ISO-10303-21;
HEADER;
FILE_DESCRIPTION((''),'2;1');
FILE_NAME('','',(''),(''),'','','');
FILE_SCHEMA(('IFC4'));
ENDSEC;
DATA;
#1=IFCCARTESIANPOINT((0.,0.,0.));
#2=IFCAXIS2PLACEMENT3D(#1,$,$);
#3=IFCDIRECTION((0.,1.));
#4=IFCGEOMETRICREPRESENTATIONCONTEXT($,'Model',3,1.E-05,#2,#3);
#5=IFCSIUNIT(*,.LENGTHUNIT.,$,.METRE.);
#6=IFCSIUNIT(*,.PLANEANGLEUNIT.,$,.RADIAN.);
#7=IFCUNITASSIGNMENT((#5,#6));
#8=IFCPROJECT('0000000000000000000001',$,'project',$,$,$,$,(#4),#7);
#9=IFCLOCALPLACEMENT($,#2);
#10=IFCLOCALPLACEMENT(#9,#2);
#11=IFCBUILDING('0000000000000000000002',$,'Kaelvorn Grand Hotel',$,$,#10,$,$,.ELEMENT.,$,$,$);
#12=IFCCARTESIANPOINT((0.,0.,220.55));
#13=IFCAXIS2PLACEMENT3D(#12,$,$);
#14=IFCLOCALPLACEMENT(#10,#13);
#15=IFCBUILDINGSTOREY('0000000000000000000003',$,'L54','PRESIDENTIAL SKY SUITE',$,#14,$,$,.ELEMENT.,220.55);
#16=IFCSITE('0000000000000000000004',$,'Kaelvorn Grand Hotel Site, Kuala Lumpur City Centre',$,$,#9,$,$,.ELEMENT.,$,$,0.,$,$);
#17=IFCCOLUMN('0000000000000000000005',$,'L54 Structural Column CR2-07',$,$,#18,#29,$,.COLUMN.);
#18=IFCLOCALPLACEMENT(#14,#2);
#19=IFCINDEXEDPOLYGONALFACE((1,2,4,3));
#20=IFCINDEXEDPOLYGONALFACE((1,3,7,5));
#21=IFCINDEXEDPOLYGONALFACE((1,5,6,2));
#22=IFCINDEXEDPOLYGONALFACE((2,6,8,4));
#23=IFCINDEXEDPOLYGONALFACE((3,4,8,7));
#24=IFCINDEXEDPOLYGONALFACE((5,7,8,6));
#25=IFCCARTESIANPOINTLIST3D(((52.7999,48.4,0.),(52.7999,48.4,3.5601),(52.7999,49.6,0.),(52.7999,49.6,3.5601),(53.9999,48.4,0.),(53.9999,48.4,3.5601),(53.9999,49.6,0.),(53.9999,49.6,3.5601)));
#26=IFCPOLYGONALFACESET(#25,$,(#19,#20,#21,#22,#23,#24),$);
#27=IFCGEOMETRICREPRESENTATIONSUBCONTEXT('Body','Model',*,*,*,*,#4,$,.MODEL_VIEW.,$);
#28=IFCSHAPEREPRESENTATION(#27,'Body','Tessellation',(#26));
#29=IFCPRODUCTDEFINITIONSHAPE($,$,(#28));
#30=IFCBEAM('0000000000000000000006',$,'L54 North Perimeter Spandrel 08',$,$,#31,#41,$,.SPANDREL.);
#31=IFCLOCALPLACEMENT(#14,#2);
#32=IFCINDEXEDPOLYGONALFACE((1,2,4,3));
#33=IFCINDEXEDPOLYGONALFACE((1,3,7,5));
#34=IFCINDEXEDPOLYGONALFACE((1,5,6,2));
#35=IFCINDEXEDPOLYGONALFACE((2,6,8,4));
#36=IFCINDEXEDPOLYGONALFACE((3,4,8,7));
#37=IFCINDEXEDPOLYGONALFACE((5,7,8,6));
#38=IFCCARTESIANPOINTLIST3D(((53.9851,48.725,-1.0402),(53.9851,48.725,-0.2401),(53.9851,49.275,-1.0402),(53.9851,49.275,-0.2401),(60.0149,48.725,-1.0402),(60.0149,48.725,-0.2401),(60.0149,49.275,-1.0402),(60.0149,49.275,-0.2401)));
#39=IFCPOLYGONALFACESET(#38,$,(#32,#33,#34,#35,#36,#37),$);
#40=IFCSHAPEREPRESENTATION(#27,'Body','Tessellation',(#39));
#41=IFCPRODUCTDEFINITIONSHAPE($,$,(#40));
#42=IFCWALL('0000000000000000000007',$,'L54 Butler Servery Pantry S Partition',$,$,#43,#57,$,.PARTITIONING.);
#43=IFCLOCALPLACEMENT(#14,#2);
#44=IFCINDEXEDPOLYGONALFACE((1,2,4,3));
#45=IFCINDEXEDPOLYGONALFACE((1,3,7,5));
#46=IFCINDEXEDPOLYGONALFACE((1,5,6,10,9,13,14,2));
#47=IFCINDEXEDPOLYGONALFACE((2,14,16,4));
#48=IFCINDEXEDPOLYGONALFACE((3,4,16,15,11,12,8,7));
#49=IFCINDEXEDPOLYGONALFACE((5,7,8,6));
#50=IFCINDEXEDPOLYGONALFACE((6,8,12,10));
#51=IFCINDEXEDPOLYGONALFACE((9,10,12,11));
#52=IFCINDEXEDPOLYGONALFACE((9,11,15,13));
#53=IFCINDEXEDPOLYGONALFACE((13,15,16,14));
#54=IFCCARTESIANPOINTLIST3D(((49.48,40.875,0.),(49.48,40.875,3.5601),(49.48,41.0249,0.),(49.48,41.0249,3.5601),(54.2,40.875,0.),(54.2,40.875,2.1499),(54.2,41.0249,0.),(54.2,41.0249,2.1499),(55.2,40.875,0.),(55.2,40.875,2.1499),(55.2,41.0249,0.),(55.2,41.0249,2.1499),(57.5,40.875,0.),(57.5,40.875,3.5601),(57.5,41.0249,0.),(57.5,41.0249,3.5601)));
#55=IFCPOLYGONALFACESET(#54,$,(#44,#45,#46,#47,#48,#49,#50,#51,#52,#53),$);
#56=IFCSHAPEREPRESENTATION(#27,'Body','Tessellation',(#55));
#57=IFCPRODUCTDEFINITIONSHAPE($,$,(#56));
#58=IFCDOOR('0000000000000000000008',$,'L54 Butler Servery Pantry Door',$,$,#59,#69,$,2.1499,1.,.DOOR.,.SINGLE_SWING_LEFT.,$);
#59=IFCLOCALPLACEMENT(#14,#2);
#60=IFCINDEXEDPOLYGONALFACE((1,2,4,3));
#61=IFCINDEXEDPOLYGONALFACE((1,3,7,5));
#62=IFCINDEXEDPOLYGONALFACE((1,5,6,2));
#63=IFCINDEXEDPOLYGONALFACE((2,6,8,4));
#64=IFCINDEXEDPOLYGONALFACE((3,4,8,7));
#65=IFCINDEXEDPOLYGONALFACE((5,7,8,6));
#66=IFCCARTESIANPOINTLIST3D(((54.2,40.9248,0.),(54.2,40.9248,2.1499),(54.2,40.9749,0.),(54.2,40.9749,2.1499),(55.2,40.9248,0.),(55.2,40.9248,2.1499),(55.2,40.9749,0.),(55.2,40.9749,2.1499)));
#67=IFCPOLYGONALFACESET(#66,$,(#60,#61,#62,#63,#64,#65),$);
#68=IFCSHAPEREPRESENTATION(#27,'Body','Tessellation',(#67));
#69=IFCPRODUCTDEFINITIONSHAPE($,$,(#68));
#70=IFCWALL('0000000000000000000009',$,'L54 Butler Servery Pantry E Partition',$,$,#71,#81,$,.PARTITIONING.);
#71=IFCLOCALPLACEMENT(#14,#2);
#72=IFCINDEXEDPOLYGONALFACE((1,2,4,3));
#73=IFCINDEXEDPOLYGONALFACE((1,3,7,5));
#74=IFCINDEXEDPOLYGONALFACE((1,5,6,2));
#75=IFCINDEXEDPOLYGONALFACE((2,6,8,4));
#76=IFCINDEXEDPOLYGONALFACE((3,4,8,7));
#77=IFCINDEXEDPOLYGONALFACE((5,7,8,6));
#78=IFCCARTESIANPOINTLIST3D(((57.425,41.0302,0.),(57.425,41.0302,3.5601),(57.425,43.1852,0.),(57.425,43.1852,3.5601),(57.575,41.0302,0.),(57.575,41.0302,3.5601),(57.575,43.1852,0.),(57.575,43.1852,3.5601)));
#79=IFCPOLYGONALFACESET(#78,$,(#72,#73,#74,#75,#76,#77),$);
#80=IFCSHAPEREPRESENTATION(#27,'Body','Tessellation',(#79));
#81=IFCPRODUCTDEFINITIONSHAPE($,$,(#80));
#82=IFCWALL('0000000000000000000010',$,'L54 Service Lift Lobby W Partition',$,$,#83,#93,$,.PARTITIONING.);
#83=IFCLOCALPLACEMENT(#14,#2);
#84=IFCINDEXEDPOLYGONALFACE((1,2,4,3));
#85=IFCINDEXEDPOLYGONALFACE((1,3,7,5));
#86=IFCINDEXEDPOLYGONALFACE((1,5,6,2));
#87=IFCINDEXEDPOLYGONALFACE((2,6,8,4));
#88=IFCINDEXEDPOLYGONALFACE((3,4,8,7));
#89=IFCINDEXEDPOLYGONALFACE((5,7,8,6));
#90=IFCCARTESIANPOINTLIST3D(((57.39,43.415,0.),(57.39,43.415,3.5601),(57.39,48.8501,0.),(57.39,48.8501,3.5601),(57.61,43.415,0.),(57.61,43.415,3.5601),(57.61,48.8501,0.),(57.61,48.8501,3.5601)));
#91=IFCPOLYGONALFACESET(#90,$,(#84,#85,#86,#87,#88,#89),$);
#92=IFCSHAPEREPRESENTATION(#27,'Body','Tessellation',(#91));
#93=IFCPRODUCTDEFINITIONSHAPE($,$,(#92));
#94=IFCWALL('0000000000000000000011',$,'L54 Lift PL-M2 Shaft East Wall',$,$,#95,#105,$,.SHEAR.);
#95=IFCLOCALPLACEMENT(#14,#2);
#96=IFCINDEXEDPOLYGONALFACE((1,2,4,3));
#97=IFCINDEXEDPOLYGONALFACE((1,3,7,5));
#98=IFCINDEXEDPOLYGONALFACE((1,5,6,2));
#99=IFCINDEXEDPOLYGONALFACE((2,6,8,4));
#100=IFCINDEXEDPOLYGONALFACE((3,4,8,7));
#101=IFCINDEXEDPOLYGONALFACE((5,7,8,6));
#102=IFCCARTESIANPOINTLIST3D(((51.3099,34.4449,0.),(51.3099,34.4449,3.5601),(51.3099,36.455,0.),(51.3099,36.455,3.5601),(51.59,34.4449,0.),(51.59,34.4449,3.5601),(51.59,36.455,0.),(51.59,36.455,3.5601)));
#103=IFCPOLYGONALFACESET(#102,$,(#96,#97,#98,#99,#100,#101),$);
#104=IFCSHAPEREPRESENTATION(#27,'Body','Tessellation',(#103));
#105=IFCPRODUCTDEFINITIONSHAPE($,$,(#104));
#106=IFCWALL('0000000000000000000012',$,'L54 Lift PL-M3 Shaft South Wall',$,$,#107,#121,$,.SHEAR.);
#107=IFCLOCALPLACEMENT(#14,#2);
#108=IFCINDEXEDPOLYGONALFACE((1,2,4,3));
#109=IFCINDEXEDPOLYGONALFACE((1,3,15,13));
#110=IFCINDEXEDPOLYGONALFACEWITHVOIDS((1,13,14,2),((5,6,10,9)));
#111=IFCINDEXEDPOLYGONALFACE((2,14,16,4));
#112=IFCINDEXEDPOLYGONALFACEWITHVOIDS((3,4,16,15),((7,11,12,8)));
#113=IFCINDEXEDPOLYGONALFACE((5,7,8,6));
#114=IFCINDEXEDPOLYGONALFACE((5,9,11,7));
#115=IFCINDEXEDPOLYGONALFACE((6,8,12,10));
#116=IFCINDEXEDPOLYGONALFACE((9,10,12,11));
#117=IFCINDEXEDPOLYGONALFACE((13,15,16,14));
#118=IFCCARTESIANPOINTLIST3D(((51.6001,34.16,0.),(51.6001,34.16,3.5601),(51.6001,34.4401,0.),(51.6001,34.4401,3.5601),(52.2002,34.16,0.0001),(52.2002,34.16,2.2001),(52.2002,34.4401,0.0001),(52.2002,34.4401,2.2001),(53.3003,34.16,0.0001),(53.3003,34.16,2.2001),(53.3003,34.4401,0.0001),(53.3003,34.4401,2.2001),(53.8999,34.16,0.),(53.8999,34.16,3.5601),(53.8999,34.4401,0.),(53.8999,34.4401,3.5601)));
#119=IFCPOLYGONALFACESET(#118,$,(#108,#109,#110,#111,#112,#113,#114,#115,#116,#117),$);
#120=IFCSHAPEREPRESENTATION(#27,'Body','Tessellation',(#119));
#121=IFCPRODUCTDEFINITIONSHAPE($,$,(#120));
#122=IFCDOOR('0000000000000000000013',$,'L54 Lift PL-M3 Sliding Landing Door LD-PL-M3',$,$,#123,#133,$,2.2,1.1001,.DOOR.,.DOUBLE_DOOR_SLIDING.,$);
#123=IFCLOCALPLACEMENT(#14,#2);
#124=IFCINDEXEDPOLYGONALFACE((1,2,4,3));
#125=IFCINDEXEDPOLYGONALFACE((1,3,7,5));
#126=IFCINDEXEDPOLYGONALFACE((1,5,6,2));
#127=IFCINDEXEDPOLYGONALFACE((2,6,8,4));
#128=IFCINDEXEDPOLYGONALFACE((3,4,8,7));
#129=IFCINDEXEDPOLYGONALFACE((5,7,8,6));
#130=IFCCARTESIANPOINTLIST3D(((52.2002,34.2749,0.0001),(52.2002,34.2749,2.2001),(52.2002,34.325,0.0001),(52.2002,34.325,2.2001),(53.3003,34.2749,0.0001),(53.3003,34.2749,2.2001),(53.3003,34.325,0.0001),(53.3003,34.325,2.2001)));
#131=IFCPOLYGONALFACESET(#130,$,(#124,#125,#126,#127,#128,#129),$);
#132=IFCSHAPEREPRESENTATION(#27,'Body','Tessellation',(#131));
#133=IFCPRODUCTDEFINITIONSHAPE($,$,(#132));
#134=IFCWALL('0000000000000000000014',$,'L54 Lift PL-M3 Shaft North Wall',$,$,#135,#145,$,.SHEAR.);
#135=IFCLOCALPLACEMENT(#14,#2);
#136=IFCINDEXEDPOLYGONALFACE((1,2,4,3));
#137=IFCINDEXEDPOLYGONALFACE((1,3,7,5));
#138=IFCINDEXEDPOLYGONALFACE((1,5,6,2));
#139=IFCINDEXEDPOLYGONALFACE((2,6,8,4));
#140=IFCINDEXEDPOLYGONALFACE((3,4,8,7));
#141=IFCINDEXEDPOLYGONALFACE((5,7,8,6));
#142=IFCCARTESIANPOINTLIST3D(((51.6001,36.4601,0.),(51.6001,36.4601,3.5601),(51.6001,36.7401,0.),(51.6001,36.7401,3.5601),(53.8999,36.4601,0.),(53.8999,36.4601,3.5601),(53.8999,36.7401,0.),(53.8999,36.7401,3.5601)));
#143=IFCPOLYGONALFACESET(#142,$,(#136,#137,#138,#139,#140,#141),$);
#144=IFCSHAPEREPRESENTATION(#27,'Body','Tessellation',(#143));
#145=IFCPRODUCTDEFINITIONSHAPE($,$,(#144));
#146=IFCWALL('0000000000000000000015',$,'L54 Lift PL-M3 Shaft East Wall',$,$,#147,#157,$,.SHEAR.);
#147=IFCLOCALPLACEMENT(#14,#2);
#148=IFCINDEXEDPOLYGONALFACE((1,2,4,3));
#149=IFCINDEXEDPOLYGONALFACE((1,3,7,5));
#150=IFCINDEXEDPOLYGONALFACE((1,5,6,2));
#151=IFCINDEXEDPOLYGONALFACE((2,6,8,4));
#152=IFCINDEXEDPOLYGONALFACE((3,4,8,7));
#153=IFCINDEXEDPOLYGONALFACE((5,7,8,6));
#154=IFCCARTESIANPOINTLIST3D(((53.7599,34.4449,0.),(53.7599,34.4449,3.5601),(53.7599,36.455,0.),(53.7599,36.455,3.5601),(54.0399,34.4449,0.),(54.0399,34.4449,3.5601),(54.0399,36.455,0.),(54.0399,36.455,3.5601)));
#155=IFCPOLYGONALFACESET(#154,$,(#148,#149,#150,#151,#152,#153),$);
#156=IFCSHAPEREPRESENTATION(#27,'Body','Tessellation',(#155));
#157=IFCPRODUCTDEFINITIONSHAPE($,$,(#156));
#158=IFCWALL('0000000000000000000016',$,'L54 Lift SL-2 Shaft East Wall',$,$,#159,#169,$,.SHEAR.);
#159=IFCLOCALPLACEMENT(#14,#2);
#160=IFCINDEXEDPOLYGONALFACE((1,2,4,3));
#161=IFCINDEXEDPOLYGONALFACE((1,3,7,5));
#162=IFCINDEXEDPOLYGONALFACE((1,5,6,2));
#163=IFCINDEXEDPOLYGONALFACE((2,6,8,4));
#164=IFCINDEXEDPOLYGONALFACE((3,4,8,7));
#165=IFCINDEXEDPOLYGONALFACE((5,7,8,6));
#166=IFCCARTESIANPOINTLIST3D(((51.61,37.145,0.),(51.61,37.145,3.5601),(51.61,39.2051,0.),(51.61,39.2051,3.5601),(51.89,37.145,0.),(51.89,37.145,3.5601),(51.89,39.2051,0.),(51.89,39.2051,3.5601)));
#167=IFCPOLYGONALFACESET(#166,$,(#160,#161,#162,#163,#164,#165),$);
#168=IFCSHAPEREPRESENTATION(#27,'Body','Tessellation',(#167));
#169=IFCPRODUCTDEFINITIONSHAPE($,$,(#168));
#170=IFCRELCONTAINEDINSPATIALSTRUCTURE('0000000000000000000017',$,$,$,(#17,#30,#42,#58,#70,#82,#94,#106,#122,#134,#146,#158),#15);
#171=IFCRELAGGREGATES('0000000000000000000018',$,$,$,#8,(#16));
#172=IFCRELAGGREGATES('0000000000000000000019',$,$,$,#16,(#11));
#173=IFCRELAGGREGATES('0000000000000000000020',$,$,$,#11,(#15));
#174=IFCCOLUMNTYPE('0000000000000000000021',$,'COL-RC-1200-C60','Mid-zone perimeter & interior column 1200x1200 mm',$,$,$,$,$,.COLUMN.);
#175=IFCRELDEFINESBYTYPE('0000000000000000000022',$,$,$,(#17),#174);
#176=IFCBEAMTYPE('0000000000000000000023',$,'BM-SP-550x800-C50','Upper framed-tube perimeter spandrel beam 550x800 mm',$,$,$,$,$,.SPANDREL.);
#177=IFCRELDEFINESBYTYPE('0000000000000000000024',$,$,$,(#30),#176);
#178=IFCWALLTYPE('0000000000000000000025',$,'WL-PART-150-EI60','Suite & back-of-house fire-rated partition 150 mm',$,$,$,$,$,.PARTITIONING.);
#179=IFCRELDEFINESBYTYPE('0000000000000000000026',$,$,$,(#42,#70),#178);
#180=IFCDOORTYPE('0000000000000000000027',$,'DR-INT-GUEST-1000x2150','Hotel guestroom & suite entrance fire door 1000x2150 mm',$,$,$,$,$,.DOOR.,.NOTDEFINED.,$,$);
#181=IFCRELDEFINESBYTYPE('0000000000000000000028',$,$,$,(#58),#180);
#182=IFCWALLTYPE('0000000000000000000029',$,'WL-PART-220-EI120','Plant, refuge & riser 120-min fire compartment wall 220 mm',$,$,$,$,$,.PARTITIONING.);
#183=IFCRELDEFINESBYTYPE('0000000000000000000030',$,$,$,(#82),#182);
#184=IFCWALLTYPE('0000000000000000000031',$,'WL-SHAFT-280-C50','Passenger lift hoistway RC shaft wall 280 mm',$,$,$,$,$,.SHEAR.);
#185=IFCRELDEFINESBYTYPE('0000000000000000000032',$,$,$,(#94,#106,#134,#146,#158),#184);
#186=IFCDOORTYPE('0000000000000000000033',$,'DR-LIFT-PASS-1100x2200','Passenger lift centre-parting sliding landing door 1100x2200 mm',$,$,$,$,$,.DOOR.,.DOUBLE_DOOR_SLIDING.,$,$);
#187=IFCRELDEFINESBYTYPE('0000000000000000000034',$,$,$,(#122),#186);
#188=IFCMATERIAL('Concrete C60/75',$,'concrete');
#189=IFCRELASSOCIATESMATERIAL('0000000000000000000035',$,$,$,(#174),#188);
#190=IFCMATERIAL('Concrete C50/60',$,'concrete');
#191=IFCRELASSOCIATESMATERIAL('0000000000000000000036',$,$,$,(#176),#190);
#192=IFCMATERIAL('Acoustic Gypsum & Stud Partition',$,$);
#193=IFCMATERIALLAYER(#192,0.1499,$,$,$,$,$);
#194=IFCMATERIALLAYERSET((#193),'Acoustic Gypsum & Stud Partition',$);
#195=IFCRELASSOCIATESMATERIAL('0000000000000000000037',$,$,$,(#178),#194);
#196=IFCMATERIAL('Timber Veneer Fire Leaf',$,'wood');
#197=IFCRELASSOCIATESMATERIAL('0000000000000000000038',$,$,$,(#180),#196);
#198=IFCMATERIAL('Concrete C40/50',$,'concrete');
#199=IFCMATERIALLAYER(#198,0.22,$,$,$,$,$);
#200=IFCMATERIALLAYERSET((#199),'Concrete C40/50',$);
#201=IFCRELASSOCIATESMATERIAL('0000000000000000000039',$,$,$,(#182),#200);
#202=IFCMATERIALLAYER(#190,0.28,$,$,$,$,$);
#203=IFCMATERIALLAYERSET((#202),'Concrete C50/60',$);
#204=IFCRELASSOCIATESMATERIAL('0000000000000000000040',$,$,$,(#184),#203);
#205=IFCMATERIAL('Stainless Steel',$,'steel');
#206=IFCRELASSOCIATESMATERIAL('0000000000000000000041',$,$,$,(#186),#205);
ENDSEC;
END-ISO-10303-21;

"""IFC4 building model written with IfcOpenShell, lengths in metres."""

from ifc_helpers import new_model, si_unit, direction, frame, frame_2d, origin, origin_2d, place, context, subcontext, project, spatial, rectangle, extrude, material, layer, layer_set, material_profile, profile_set, type_object, element, fill, save


model = new_model("IFC4")

# Units and contexts
model_context = context("Model", 3, precision=1e-05, world=origin(), true_north=direction((0.0, 1.0)))
body_context = subcontext(model_context, "Body", "Model", "MODEL_VIEW")
ifc_project = project(units=[si_unit("LENGTHUNIT", "METRE"), si_unit("PLANEANGLEUNIT", "RADIAN")], contexts=[model_context])

# Site, building, storey
site_placement = place(None, origin())
site = spatial("IfcSite", under=ifc_project, at=site_placement, Name="Kaelvorn Grand Hotel Site, Kuala Lumpur City Centre", CompositionType="ELEMENT", RefElevation=0.0)
building_placement = place(site_placement, origin())
building = spatial("IfcBuilding", under=site, at=building_placement, Name="Kaelvorn Grand Hotel", CompositionType="ELEMENT")
storey_placement = place(building_placement, frame((0.0, 0.0, 220.55)))
storey = spatial("IfcBuildingStorey", under=building, at=storey_placement, Name="L54", Description="PRESIDENTIAL SKY SUITE", CompositionType="ELEMENT", Elevation=220.55)

# Column
ifc_material_1 = material(Name="Concrete C60/75", Category="concrete")
ifc_material_profile_1 = material_profile(ifc_material_1, rectangle(XDim=1.2, YDim=1.2, at=origin_2d()), Name="RC COL 1200x1200")
ifc_profile_set_1 = profile_set([ifc_material_profile_1], Name="Concrete C60/75")
column_type = type_object("IfcColumnType", Name="COL-RC-1200-C60", Description="Mid-zone perimeter & interior column 1200x1200 mm", PredefinedType="COLUMN", material=ifc_profile_set_1)
column_placement = place(storey_placement, frame((53.3999, 49.0, 0.0), z_axis=(0.0, 0.0, 1.0), x_axis=(1.0, 0.0, 0.0)))
element("IfcColumn", 1, at=column_placement, inside=storey, type_object=column_type, Name="L54 Structural Column CR2-07", PredefinedType="COLUMN", context=body_context, shape_type="SweptSolid", body=[
    extrude(rectangle(XDim=1.2, YDim=1.2, at=origin_2d()), origin(), (0.0, 0.0, 1.0), 3.5601),
])

# Beam
ifc_material_2 = material(Name="Concrete C50/60", Category="concrete")
ifc_material_profile_2 = material_profile(ifc_material_2, rectangle(XDim=0.55, YDim=0.8, at=origin_2d()), Name="RC SPANDREL 550x800")
ifc_profile_set_2 = profile_set([ifc_material_profile_2], Name="Concrete C50/60")
beam_type = type_object("IfcBeamType", Name="BM-SP-550x800-C50", Description="Upper framed-tube perimeter spandrel beam 550x800 mm", PredefinedType="SPANDREL", material=ifc_profile_set_2)
beam_placement = place(storey_placement, frame((53.9851, 49.0, -0.6401), z_axis=(1.0, 0.0, 0.0), x_axis=(0.0, 1.0, 0.0)))
element("IfcBeam", 2, at=beam_placement, inside=storey, type_object=beam_type, Name="L54 North Perimeter Spandrel 08", PredefinedType="SPANDREL", context=body_context, shape_type="SweptSolid", body=[
    extrude(rectangle(XDim=0.55, YDim=0.8, at=origin_2d()), origin(), (0.0, 0.0, 1.0), 6.0298),
])

# Wall, opening, door
ifc_material_3 = material(Name="Acoustic Gypsum & Stud Partition")
ifc_layer_1 = layer(ifc_material_3, 0.1499)
ifc_layer_set_1 = layer_set([ifc_layer_1], Name="Acoustic Gypsum & Stud Partition")
wall_type_1 = type_object("IfcWallType", Name="WL-PART-150-EI60", Description="Suite & back-of-house fire-rated partition 150 mm", PredefinedType="PARTITIONING", material=ifc_layer_set_1)
wall_1_placement = place(storey_placement, frame((49.48, 40.95, 0.0), z_axis=(0.0, 0.0, 1.0), x_axis=(1.0, 0.0, 0.0)))
wall_1 = element("IfcWall", 3, at=wall_1_placement, inside=storey, type_object=wall_type_1, Name="L54 Butler Servery Pantry S Partition", PredefinedType="PARTITIONING", context=body_context, shape_type="SweptSolid", body=[
    extrude(rectangle(XDim=8.02, YDim=0.1499, at=frame_2d((4.01, 0.0))), origin(), (0.0, 0.0, 1.0), 3.5601),
])
opening_1_placement = place(wall_1_placement, frame((4.72, 0.0, 0.0)))
opening_1 = element("IfcOpeningElement", 4, at=opening_1_placement, cuts=wall_1, PredefinedType="OPENING", context=body_context, shape_type="SweptSolid", body=[
    extrude(rectangle(XDim=1.0, YDim=2.1499, at=frame_2d((0.5, 1.075))), frame((0.0, 0.085, 0.0), z_axis=(0.0, -1.0, 0.0), x_axis=(1.0, 0.0, 0.0)), (0.0, 0.0, 1.0), 0.1699),
])
ifc_material_4 = material(Name="Timber Veneer Fire Leaf", Category="wood")
door_type_1 = type_object("IfcDoorType", Name="DR-INT-GUEST-1000x2150", Description="Hotel guestroom & suite entrance fire door 1000x2150 mm", OperationType="NOTDEFINED", PredefinedType="DOOR", material=ifc_material_4)
door_1_placement = place(opening_1_placement, origin())
door_1 = element("IfcDoor", 5, at=door_1_placement, inside=storey, type_object=door_type_1, Name="L54 Butler Servery Pantry Door", OperationType="SINGLE_SWING_LEFT", OverallHeight=2.1499, OverallWidth=1.0, PredefinedType="DOOR", context=body_context, shape_type="SweptSolid", body=[
    extrude(rectangle(XDim=1.0, YDim=2.1499, at=frame_2d((0.5, 1.075))), frame((0.0, 0.0249, 0.0), z_axis=(0.0, -1.0, 0.0), x_axis=(1.0, 0.0, 0.0)), (0.0, 0.0, 1.0), 0.05),
])
fill(opening_1, door_1)

# Wall
wall_2_placement = place(storey_placement, frame((57.5, 41.03, 0.0), z_axis=(0.0, 0.0, 1.0), x_axis=(0.0, 1.0, 0.0)))
element("IfcWall", 6, at=wall_2_placement, inside=storey, type_object=wall_type_1, Name="L54 Butler Servery Pantry E Partition", PredefinedType="PARTITIONING", context=body_context, shape_type="SweptSolid", body=[
    extrude(rectangle(XDim=2.155, YDim=0.1499, at=frame_2d((1.0776, 0.0))), origin(), (0.0, 0.0, 1.0), 3.5601),
])

# Shared definitions
ifc_material_5 = material(Name="Concrete C40/50", Category="concrete")
ifc_layer_2 = layer(ifc_material_5, 0.22)
ifc_layer_set_2 = layer_set([ifc_layer_2], Name="Concrete C40/50")
wall_type_2 = type_object("IfcWallType", Name="WL-PART-220-EI120", Description="Plant, refuge & riser 120-min fire compartment wall 220 mm", PredefinedType="PARTITIONING", material=ifc_layer_set_2)

# Walls
wall_3_placement = place(storey_placement, frame((57.5, 43.415, 0.0), z_axis=(0.0, 0.0, 1.0), x_axis=(0.0, 1.0, 0.0)))
element("IfcWall", 7, at=wall_3_placement, inside=storey, type_object=wall_type_2, Name="L54 Service Lift Lobby W Partition", PredefinedType="PARTITIONING", context=body_context, shape_type="SweptSolid", body=[
    extrude(rectangle(XDim=5.4351, YDim=0.22, at=frame_2d((2.7175, 0.0))), origin(), (0.0, 0.0, 1.0), 3.5601),
])
ifc_layer_3 = layer(ifc_material_2, 0.28)
ifc_layer_set_3 = layer_set([ifc_layer_3], Name="Concrete C50/60")
wall_type_3 = type_object("IfcWallType", Name="WL-SHAFT-280-C50", Description="Passenger lift hoistway RC shaft wall 280 mm", PredefinedType="SHEAR", material=ifc_layer_set_3)
wall_4_placement = place(storey_placement, frame((51.45, 34.4451, 0.0), z_axis=(0.0, 0.0, 1.0), x_axis=(0.0, 1.0, 0.0)))
element("IfcWall", 8, at=wall_4_placement, inside=storey, type_object=wall_type_3, Name="L54 Lift PL-M2 Shaft East Wall", PredefinedType="SHEAR", context=body_context, shape_type="SweptSolid", body=[
    extrude(rectangle(XDim=2.01, YDim=0.28, at=frame_2d((1.0049, 0.0))), origin(), (0.0, 0.0, 1.0), 3.5601),
])

# Wall, opening, door
wall_5_placement = place(storey_placement, frame((51.6001, 34.3, 0.0), z_axis=(0.0, 0.0, 1.0), x_axis=(1.0, 0.0, 0.0)))
wall_5 = element("IfcWall", 9, at=wall_5_placement, inside=storey, type_object=wall_type_3, Name="L54 Lift PL-M3 Shaft South Wall", PredefinedType="SHEAR", context=body_context, shape_type="SweptSolid", body=[
    extrude(rectangle(XDim=2.2998, YDim=0.28, at=frame_2d((1.1499, 0.0))), origin(), (0.0, 0.0, 1.0), 3.5601),
])
opening_2_placement = place(wall_5_placement, frame((0.6001, 0.0, 0.0)))
opening_2 = element("IfcOpeningElement", 10, at=opening_2_placement, cuts=wall_5, PredefinedType="OPENING", context=body_context, shape_type="SweptSolid", body=[
    extrude(rectangle(XDim=1.1001, YDim=2.2, at=frame_2d((0.55, 1.1001))), frame((0.0, 0.1499, 0.0), z_axis=(0.0, -1.0, 0.0), x_axis=(1.0, 0.0, 0.0)), (0.0, 0.0, 1.0), 0.3),
])
ifc_material_6 = material(Name="Stainless Steel", Category="steel")
door_type_2 = type_object("IfcDoorType", Name="DR-LIFT-PASS-1100x2200", Description="Passenger lift centre-parting sliding landing door 1100x2200 mm", OperationType="DOUBLE_DOOR_SLIDING", PredefinedType="DOOR", material=ifc_material_6)
door_2_placement = place(opening_2_placement, origin())
door_2 = element("IfcDoor", 11, at=door_2_placement, inside=storey, type_object=door_type_2, Name="L54 Lift PL-M3 Sliding Landing Door LD-PL-M3", OperationType="DOUBLE_DOOR_SLIDING", OverallHeight=2.2, OverallWidth=1.1001, PredefinedType="DOOR", context=body_context, shape_type="SweptSolid", body=[
    extrude(rectangle(XDim=1.1001, YDim=2.2, at=frame_2d((0.55, 1.1001))), frame((0.0, 0.0249, 0.0), z_axis=(0.0, -1.0, 0.0), x_axis=(1.0, 0.0, 0.0)), (0.0, 0.0, 1.0), 0.05),
])
fill(opening_2, door_2)

# Walls
wall_6_placement = place(storey_placement, frame((51.6001, 36.6001, 0.0), z_axis=(0.0, 0.0, 1.0), x_axis=(1.0, 0.0, 0.0)))
element("IfcWall", 12, at=wall_6_placement, inside=storey, type_object=wall_type_3, Name="L54 Lift PL-M3 Shaft North Wall", PredefinedType="SHEAR", context=body_context, shape_type="SweptSolid", body=[
    extrude(rectangle(XDim=2.2998, YDim=0.28, at=frame_2d((1.1499, 0.0))), origin(), (0.0, 0.0, 1.0), 3.5601),
])
wall_7_placement = place(storey_placement, frame((53.8999, 34.4451, 0.0), z_axis=(0.0, 0.0, 1.0), x_axis=(0.0, 1.0, 0.0)))
element("IfcWall", 13, at=wall_7_placement, inside=storey, type_object=wall_type_3, Name="L54 Lift PL-M3 Shaft East Wall", PredefinedType="SHEAR", context=body_context, shape_type="SweptSolid", body=[
    extrude(rectangle(XDim=2.01, YDim=0.28, at=frame_2d((1.0049, 0.0))), origin(), (0.0, 0.0, 1.0), 3.5601),
])
wall_8_placement = place(storey_placement, frame((51.75, 37.145, 0.0), z_axis=(0.0, 0.0, 1.0), x_axis=(0.0, 1.0, 0.0)))
element("IfcWall", 14, at=wall_8_placement, inside=storey, type_object=wall_type_3, Name="L54 Lift SL-2 Shaft East Wall", PredefinedType="SHEAR", context=body_context, shape_type="SweptSolid", body=[
    extrude(rectangle(XDim=2.0601, YDim=0.28, at=frame_2d((1.03, 0.0))), origin(), (0.0, 0.0, 1.0), 3.5601),
])

save(model, "model.ifc")
